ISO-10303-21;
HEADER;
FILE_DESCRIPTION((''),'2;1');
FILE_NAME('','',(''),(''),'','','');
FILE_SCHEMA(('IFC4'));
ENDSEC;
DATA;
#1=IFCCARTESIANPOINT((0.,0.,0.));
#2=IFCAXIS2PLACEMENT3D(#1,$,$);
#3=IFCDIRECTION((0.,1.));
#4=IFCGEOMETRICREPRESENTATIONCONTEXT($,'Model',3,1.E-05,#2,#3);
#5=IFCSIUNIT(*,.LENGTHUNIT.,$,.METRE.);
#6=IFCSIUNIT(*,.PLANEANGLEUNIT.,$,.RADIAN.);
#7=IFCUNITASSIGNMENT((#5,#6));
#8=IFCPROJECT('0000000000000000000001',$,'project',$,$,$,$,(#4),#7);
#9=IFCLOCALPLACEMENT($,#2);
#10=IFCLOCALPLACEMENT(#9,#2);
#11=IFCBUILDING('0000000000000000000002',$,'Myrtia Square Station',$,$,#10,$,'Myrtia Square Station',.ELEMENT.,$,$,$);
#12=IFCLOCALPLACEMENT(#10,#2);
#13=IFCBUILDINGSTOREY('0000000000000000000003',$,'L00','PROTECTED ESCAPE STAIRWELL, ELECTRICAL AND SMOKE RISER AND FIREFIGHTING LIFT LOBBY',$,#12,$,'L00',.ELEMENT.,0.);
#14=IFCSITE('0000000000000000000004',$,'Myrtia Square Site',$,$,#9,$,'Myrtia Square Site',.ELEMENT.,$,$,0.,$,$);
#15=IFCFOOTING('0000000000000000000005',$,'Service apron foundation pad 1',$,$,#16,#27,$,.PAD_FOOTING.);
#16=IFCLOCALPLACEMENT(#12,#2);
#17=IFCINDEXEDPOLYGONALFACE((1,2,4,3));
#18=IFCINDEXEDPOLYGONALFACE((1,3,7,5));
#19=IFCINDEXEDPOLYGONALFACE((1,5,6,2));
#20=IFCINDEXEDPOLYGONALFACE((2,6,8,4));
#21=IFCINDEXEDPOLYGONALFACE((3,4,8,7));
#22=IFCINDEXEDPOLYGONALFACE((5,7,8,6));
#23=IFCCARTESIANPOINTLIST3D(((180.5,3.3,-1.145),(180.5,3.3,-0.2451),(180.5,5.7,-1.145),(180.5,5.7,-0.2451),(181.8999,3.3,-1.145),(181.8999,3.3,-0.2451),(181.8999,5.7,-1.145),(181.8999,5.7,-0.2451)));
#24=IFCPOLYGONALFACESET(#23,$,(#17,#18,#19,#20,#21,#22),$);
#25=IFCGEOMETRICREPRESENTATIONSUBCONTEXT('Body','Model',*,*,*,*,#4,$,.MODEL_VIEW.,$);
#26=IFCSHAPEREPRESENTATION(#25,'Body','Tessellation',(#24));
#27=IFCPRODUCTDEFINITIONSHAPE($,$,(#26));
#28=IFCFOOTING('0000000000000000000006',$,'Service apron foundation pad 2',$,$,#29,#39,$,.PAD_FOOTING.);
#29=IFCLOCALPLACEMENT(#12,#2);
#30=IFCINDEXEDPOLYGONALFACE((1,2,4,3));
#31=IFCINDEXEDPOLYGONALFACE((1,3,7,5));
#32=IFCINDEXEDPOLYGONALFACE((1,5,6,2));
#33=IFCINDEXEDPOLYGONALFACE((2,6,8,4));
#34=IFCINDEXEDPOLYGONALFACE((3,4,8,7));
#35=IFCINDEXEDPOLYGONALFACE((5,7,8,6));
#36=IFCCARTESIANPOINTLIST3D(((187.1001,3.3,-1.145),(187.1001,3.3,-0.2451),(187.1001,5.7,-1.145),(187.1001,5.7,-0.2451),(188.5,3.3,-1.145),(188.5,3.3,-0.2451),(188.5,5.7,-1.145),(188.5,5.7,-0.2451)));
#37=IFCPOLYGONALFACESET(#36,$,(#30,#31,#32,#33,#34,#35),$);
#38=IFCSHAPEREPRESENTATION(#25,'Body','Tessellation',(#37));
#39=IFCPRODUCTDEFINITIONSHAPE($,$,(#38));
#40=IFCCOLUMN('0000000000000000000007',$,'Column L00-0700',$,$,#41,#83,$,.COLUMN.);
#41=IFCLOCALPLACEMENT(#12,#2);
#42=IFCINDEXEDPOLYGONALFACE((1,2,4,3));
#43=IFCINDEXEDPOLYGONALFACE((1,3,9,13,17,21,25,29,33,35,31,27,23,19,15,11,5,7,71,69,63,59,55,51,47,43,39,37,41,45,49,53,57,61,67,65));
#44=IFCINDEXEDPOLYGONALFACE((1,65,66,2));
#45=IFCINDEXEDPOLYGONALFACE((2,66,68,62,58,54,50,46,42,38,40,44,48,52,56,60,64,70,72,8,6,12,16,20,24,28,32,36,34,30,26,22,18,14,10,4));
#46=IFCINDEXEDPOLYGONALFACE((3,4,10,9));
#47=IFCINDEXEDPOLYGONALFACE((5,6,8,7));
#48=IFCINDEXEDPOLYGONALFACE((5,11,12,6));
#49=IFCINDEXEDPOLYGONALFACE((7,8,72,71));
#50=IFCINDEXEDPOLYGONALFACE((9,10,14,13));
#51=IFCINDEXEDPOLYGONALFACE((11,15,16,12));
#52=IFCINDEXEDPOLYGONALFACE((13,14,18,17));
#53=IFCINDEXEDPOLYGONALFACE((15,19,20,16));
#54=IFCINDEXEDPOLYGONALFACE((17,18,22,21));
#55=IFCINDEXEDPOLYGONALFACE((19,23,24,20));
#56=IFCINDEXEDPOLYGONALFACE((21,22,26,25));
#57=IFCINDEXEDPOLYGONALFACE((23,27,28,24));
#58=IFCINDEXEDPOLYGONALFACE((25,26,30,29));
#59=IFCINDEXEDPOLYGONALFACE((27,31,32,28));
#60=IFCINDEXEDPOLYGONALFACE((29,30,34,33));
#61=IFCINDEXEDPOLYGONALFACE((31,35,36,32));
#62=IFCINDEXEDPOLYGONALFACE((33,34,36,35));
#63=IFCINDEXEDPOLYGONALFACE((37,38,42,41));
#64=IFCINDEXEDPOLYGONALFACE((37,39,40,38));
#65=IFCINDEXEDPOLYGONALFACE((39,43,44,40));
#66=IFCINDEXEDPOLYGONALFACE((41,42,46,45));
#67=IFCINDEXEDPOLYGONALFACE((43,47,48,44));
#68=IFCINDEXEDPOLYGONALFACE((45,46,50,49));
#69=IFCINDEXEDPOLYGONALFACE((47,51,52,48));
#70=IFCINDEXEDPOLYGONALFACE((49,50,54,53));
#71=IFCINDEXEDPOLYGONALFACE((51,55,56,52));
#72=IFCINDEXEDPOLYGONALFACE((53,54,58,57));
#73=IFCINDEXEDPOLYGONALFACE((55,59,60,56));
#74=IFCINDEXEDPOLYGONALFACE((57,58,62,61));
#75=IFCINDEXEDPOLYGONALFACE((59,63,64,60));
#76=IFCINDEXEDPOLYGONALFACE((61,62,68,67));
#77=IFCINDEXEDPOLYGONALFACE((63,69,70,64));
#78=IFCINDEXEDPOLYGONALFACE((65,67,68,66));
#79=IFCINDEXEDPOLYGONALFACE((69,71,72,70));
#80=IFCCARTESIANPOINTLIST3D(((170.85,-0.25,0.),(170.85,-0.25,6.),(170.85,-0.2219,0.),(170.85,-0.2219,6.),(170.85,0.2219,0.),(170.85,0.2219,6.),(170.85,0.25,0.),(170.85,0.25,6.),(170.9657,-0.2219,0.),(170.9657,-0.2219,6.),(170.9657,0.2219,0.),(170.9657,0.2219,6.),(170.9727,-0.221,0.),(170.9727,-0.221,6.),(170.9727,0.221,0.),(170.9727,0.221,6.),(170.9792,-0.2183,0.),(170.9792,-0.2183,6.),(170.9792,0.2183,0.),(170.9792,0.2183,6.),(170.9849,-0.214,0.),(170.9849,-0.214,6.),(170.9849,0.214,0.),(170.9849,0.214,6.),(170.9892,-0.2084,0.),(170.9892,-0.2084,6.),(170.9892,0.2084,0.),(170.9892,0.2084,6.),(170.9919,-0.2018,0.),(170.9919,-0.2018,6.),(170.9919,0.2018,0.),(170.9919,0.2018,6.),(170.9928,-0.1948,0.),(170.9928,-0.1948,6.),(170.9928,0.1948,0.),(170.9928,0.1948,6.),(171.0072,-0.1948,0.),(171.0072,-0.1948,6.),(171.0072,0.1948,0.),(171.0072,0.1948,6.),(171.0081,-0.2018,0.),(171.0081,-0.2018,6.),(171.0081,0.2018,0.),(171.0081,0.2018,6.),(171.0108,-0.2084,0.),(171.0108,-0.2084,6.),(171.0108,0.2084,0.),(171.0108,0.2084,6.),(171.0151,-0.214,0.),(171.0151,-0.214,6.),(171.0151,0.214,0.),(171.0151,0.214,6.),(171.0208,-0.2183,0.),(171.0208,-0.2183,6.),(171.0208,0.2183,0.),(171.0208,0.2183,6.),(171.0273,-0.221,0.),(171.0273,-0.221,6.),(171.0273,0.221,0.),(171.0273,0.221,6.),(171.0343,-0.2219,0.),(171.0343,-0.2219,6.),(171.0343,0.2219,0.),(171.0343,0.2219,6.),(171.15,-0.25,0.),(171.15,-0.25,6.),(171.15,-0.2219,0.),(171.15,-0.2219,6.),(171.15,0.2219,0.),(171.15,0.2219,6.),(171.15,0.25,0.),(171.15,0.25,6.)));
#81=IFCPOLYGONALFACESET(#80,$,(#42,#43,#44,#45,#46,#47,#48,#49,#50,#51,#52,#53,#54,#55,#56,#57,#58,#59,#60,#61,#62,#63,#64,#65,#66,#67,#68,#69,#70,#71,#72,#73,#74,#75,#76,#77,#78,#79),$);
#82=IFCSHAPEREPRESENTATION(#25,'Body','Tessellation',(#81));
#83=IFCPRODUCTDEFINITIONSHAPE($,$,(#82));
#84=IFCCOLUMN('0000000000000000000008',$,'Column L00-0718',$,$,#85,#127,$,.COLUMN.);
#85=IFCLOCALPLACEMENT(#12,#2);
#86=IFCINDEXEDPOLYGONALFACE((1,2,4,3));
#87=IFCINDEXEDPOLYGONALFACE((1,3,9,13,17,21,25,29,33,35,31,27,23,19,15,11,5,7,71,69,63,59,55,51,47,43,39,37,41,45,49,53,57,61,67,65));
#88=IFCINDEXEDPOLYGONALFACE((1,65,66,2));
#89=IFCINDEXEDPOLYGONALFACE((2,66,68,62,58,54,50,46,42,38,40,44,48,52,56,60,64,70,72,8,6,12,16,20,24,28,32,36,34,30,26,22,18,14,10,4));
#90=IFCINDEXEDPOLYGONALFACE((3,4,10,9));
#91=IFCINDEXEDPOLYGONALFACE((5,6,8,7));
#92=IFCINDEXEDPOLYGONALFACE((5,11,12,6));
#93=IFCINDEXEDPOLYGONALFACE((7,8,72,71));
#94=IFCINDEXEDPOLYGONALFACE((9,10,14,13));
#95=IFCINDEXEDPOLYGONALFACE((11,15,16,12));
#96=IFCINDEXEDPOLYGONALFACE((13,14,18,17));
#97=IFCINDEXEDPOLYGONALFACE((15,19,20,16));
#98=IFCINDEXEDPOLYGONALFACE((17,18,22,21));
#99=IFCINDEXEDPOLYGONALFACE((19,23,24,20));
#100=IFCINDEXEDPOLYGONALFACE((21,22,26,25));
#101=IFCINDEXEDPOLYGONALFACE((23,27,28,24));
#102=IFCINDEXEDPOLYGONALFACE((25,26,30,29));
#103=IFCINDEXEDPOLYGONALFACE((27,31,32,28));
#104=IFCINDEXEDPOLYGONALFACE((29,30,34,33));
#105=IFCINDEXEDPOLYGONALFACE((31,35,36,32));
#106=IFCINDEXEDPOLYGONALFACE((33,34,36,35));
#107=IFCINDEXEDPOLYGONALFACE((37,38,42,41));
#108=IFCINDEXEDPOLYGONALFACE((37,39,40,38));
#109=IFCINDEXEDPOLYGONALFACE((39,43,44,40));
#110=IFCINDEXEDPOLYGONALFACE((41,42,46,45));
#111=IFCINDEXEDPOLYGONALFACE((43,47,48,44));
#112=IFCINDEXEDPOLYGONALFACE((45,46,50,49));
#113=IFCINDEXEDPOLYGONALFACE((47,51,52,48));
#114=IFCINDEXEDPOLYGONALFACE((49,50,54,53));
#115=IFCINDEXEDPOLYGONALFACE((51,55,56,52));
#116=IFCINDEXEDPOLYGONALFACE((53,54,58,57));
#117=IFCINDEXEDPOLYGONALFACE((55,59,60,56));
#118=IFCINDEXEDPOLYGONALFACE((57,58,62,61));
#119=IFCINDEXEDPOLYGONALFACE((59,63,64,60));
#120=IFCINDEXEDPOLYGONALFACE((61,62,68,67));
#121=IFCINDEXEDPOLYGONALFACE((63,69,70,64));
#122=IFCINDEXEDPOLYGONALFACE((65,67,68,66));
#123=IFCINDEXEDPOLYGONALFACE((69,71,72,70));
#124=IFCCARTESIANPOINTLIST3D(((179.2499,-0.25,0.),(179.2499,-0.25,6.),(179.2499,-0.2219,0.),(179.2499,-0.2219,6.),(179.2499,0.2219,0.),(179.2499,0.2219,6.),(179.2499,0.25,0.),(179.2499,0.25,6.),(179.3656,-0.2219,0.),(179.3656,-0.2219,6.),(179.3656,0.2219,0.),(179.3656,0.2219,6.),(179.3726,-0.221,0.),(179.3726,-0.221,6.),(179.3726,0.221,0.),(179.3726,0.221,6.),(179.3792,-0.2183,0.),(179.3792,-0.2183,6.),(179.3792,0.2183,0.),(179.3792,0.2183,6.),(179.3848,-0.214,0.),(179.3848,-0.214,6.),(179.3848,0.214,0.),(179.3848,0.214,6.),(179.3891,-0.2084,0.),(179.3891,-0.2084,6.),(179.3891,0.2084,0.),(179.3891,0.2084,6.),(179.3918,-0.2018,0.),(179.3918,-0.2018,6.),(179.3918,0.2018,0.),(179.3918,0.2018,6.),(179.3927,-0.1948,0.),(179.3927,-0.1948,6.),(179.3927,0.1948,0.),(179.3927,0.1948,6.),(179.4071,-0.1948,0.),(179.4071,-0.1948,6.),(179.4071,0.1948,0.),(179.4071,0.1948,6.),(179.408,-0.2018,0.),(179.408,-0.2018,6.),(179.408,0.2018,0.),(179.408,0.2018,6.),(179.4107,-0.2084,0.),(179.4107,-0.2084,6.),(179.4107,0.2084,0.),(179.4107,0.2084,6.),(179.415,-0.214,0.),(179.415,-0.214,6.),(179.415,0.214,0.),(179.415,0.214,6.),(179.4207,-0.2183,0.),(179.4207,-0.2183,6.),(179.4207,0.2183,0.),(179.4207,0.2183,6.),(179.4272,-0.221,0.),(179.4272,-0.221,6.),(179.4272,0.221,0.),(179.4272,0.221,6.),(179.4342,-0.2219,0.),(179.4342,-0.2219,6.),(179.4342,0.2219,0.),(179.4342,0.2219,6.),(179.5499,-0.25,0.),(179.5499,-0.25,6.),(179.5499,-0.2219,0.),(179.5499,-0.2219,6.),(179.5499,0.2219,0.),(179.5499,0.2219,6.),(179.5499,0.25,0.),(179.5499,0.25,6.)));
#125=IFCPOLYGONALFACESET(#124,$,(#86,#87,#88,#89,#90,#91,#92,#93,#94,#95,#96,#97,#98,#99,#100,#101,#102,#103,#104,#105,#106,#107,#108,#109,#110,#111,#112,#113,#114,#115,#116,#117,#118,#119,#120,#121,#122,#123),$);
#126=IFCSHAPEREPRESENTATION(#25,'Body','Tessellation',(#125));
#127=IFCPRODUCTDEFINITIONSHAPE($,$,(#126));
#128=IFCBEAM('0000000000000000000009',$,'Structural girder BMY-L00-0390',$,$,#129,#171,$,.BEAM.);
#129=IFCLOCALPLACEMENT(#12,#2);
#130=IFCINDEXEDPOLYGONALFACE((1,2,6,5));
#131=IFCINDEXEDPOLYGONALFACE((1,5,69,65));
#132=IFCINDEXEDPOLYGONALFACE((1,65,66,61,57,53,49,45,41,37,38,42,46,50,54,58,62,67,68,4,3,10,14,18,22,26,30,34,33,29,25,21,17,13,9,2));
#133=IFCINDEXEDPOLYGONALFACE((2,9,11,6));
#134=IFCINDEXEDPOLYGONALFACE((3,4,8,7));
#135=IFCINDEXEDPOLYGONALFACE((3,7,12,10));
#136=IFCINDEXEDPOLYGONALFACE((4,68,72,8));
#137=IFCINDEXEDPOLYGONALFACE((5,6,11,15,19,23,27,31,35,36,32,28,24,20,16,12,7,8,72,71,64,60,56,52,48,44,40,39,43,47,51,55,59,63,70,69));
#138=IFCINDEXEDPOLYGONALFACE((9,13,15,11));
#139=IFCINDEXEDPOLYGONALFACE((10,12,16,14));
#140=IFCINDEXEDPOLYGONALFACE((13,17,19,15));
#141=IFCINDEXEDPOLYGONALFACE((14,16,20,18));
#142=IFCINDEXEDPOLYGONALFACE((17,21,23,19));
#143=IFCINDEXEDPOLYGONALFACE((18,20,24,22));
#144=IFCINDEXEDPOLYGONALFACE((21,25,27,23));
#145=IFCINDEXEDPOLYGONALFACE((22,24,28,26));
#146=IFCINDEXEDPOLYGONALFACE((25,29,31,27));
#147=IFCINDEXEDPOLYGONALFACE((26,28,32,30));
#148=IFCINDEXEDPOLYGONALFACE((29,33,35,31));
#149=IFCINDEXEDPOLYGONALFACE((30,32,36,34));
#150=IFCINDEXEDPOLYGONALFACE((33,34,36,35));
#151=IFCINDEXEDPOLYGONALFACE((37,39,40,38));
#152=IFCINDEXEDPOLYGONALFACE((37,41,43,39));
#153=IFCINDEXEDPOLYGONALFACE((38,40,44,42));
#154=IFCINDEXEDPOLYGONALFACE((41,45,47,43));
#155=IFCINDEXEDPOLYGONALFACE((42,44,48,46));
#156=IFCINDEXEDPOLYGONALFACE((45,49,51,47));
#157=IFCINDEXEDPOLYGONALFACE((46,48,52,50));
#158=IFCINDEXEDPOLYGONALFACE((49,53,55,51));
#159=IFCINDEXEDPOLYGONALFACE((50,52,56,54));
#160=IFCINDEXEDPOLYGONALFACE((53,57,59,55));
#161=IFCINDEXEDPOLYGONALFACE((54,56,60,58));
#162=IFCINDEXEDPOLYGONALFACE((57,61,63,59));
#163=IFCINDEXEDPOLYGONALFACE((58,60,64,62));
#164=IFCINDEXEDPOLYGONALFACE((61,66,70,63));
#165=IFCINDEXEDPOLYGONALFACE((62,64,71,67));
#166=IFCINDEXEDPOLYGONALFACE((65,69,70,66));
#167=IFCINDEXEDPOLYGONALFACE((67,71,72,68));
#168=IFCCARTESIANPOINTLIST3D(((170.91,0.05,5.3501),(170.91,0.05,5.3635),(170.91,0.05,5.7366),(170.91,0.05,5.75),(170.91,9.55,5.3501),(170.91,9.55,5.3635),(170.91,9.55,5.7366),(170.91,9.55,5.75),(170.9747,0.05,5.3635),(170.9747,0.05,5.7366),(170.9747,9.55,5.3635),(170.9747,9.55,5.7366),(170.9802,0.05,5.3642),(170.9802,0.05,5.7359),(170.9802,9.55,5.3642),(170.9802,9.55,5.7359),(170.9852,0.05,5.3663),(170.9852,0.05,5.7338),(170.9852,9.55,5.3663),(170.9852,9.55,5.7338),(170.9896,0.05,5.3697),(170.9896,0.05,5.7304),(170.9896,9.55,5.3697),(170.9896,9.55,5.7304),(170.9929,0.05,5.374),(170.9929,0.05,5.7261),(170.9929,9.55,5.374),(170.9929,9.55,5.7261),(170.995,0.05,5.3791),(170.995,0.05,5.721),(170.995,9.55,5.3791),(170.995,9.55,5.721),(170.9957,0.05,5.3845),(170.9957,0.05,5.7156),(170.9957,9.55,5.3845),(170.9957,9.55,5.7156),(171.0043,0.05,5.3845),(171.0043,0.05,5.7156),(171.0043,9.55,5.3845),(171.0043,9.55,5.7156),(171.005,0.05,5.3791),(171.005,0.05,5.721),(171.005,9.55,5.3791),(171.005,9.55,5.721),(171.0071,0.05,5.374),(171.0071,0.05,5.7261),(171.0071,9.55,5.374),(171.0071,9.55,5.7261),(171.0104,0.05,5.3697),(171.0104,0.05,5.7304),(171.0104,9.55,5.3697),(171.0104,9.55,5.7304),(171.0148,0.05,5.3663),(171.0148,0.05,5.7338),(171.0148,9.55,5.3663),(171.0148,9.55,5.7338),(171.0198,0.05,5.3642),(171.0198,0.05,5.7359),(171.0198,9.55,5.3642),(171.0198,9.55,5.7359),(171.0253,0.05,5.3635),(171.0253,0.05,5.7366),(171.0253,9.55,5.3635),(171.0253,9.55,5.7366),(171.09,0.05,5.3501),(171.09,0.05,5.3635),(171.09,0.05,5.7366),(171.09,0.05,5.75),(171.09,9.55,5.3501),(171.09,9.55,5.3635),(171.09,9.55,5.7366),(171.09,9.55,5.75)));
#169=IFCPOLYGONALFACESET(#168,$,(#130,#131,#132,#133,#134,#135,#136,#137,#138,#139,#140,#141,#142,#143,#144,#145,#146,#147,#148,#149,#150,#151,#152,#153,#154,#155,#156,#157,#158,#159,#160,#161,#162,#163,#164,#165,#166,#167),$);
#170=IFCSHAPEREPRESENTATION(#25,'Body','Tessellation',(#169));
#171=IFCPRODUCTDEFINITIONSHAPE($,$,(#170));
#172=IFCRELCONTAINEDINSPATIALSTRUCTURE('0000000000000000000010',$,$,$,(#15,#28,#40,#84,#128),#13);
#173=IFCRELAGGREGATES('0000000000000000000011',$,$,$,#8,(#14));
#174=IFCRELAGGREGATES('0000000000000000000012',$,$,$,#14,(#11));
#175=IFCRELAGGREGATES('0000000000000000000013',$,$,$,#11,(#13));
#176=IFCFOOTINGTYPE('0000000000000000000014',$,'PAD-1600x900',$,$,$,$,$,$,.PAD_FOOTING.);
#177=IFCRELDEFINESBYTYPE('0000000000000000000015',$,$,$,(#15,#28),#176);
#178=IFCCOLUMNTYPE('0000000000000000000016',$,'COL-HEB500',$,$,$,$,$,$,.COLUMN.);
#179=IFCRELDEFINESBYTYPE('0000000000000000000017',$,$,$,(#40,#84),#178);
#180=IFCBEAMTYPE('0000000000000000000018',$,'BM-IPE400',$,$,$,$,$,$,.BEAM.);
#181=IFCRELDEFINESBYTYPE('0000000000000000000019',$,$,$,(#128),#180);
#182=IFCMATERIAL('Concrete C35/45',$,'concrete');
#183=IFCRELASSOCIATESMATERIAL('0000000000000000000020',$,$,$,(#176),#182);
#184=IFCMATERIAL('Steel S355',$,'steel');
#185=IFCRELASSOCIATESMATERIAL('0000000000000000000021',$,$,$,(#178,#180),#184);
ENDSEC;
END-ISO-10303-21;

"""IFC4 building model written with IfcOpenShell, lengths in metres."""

from ifc_helpers import new_model, si_unit, direction, frame, origin, origin_2d, place, context, subcontext, project, spatial, rectangle, i_section, extrude, material, material_profile, profile_set, type_object, element, save


model = new_model("IFC4")

# Units and contexts
model_context = context("Model", 3, precision=1e-05, world=origin(), true_north=direction((0.0, 1.0)))
body_context = subcontext(model_context, "Body", "Model", "MODEL_VIEW")
ifc_project = project(units=[si_unit("LENGTHUNIT", "METRE"), si_unit("PLANEANGLEUNIT", "RADIAN")], contexts=[model_context])

# Site, building, storey
site_placement = place(None, origin())
site = spatial("IfcSite", under=ifc_project, at=site_placement, Name="Myrtia Square Site", LongName="Myrtia Square Site", CompositionType="ELEMENT", RefElevation=0.0)
building_placement = place(site_placement, origin())
building = spatial("IfcBuilding", under=site, at=building_placement, Name="Myrtia Square Station", LongName="Myrtia Square Station", CompositionType="ELEMENT")
storey_placement = place(building_placement, origin())
storey = spatial("IfcBuildingStorey", under=building, at=storey_placement, Name="L00", Description="PROTECTED ESCAPE STAIRWELL, ELECTRICAL AND SMOKE RISER AND FIREFIGHTING LIFT LOBBY", LongName="L00", CompositionType="ELEMENT", Elevation=0.0)

# Footings
ifc_material_1 = material(Name="Concrete C35/45", Category="concrete")
footing_type = type_object("IfcFootingType", Name="PAD-1600x900", PredefinedType="PAD_FOOTING", material=ifc_material_1)
for number, where, z_axis, x_axis, name in (
    (1, (181.2, 4.5, -1.145), (0.0, 0.0, 1.0), (1.0, 0.0, 0.0), "Service apron foundation pad 1"),
    (2, (187.8, 4.5, -1.145), (0.0, 0.0, 1.0), (1.0, 0.0, 0.0), "Service apron foundation pad 2"),
):
    element("IfcFooting", number, at=place(storey_placement, frame(where, z_axis=z_axis, x_axis=x_axis)), inside=storey, type_object=footing_type, Name=name, PredefinedType="PAD_FOOTING", context=body_context, shape_type="SweptSolid", body=[
        extrude(rectangle(XDim=1.3999, YDim=2.3999, at=origin_2d()), origin(), (0.0, 0.0, 1.0), 0.8999),
    ])

# Columns
ifc_material_2 = material(Name="Steel S355", Category="steel")
ifc_material_profile_1 = material_profile(ifc_material_2, i_section(OverallWidth=0.3, OverallDepth=0.5, WebThickness=0.0144, FlangeThickness=0.0281, FilletRadius=0.0271, at=origin_2d()), Name="HEB 500")
ifc_profile_set_1 = profile_set([ifc_material_profile_1], Name="Steel S355")
column_type = type_object("IfcColumnType", Name="COL-HEB500", PredefinedType="COLUMN", material=ifc_profile_set_1)
for number, where, z_axis, x_axis, name in (
    (3, (171.0, 0.0, 0.0), (0.0, 0.0, 1.0), (1.0, 0.0, 0.0), "Column L00-0700"),
    (4, (179.3999, 0.0, 0.0), (0.0, 0.0, 1.0), (1.0, 0.0, 0.0), "Column L00-0718"),
):
    element("IfcColumn", number, at=place(storey_placement, frame(where, z_axis=z_axis, x_axis=x_axis)), inside=storey, type_object=column_type, Name=name, PredefinedType="COLUMN", context=body_context, shape_type="SweptSolid", body=[
        extrude(i_section(OverallWidth=0.3, OverallDepth=0.5, WebThickness=0.0144, FlangeThickness=0.0281, FilletRadius=0.0271, at=origin_2d()), origin(), (0.0, 0.0, 1.0), 6.0),
    ])

# Beam
ifc_material_profile_2 = material_profile(ifc_material_2, i_section(OverallWidth=0.1799, OverallDepth=0.3999, WebThickness=0.0085, FlangeThickness=0.0134, FilletRadius=0.021, at=origin_2d()), Name="IPE 400")
ifc_profile_set_2 = profile_set([ifc_material_profile_2], Name="Steel S355")
beam_type_1 = type_object("IfcBeamType", Name="BM-IPE400", PredefinedType="BEAM", material=ifc_profile_set_2)
beam_1_placement = place(storey_placement, frame((171.0, 0.05, 5.55), z_axis=(0.0, 1.0, 0.0), x_axis=(-1.0, 0.0, 0.0)))
element("IfcBeam", 5, at=beam_1_placement, inside=storey, type_object=beam_type_1, Name="Structural girder BMY-L00-0390", PredefinedType="BEAM", context=body_context, shape_type="SweptSolid", body=[
    extrude(i_section(OverallWidth=0.1799, OverallDepth=0.3999, WebThickness=0.0085, FlangeThickness=0.0134, FilletRadius=0.021, at=origin_2d()), origin(), (0.0, 0.0, 1.0), 9.5),
])

save(model, "model.ifc")
